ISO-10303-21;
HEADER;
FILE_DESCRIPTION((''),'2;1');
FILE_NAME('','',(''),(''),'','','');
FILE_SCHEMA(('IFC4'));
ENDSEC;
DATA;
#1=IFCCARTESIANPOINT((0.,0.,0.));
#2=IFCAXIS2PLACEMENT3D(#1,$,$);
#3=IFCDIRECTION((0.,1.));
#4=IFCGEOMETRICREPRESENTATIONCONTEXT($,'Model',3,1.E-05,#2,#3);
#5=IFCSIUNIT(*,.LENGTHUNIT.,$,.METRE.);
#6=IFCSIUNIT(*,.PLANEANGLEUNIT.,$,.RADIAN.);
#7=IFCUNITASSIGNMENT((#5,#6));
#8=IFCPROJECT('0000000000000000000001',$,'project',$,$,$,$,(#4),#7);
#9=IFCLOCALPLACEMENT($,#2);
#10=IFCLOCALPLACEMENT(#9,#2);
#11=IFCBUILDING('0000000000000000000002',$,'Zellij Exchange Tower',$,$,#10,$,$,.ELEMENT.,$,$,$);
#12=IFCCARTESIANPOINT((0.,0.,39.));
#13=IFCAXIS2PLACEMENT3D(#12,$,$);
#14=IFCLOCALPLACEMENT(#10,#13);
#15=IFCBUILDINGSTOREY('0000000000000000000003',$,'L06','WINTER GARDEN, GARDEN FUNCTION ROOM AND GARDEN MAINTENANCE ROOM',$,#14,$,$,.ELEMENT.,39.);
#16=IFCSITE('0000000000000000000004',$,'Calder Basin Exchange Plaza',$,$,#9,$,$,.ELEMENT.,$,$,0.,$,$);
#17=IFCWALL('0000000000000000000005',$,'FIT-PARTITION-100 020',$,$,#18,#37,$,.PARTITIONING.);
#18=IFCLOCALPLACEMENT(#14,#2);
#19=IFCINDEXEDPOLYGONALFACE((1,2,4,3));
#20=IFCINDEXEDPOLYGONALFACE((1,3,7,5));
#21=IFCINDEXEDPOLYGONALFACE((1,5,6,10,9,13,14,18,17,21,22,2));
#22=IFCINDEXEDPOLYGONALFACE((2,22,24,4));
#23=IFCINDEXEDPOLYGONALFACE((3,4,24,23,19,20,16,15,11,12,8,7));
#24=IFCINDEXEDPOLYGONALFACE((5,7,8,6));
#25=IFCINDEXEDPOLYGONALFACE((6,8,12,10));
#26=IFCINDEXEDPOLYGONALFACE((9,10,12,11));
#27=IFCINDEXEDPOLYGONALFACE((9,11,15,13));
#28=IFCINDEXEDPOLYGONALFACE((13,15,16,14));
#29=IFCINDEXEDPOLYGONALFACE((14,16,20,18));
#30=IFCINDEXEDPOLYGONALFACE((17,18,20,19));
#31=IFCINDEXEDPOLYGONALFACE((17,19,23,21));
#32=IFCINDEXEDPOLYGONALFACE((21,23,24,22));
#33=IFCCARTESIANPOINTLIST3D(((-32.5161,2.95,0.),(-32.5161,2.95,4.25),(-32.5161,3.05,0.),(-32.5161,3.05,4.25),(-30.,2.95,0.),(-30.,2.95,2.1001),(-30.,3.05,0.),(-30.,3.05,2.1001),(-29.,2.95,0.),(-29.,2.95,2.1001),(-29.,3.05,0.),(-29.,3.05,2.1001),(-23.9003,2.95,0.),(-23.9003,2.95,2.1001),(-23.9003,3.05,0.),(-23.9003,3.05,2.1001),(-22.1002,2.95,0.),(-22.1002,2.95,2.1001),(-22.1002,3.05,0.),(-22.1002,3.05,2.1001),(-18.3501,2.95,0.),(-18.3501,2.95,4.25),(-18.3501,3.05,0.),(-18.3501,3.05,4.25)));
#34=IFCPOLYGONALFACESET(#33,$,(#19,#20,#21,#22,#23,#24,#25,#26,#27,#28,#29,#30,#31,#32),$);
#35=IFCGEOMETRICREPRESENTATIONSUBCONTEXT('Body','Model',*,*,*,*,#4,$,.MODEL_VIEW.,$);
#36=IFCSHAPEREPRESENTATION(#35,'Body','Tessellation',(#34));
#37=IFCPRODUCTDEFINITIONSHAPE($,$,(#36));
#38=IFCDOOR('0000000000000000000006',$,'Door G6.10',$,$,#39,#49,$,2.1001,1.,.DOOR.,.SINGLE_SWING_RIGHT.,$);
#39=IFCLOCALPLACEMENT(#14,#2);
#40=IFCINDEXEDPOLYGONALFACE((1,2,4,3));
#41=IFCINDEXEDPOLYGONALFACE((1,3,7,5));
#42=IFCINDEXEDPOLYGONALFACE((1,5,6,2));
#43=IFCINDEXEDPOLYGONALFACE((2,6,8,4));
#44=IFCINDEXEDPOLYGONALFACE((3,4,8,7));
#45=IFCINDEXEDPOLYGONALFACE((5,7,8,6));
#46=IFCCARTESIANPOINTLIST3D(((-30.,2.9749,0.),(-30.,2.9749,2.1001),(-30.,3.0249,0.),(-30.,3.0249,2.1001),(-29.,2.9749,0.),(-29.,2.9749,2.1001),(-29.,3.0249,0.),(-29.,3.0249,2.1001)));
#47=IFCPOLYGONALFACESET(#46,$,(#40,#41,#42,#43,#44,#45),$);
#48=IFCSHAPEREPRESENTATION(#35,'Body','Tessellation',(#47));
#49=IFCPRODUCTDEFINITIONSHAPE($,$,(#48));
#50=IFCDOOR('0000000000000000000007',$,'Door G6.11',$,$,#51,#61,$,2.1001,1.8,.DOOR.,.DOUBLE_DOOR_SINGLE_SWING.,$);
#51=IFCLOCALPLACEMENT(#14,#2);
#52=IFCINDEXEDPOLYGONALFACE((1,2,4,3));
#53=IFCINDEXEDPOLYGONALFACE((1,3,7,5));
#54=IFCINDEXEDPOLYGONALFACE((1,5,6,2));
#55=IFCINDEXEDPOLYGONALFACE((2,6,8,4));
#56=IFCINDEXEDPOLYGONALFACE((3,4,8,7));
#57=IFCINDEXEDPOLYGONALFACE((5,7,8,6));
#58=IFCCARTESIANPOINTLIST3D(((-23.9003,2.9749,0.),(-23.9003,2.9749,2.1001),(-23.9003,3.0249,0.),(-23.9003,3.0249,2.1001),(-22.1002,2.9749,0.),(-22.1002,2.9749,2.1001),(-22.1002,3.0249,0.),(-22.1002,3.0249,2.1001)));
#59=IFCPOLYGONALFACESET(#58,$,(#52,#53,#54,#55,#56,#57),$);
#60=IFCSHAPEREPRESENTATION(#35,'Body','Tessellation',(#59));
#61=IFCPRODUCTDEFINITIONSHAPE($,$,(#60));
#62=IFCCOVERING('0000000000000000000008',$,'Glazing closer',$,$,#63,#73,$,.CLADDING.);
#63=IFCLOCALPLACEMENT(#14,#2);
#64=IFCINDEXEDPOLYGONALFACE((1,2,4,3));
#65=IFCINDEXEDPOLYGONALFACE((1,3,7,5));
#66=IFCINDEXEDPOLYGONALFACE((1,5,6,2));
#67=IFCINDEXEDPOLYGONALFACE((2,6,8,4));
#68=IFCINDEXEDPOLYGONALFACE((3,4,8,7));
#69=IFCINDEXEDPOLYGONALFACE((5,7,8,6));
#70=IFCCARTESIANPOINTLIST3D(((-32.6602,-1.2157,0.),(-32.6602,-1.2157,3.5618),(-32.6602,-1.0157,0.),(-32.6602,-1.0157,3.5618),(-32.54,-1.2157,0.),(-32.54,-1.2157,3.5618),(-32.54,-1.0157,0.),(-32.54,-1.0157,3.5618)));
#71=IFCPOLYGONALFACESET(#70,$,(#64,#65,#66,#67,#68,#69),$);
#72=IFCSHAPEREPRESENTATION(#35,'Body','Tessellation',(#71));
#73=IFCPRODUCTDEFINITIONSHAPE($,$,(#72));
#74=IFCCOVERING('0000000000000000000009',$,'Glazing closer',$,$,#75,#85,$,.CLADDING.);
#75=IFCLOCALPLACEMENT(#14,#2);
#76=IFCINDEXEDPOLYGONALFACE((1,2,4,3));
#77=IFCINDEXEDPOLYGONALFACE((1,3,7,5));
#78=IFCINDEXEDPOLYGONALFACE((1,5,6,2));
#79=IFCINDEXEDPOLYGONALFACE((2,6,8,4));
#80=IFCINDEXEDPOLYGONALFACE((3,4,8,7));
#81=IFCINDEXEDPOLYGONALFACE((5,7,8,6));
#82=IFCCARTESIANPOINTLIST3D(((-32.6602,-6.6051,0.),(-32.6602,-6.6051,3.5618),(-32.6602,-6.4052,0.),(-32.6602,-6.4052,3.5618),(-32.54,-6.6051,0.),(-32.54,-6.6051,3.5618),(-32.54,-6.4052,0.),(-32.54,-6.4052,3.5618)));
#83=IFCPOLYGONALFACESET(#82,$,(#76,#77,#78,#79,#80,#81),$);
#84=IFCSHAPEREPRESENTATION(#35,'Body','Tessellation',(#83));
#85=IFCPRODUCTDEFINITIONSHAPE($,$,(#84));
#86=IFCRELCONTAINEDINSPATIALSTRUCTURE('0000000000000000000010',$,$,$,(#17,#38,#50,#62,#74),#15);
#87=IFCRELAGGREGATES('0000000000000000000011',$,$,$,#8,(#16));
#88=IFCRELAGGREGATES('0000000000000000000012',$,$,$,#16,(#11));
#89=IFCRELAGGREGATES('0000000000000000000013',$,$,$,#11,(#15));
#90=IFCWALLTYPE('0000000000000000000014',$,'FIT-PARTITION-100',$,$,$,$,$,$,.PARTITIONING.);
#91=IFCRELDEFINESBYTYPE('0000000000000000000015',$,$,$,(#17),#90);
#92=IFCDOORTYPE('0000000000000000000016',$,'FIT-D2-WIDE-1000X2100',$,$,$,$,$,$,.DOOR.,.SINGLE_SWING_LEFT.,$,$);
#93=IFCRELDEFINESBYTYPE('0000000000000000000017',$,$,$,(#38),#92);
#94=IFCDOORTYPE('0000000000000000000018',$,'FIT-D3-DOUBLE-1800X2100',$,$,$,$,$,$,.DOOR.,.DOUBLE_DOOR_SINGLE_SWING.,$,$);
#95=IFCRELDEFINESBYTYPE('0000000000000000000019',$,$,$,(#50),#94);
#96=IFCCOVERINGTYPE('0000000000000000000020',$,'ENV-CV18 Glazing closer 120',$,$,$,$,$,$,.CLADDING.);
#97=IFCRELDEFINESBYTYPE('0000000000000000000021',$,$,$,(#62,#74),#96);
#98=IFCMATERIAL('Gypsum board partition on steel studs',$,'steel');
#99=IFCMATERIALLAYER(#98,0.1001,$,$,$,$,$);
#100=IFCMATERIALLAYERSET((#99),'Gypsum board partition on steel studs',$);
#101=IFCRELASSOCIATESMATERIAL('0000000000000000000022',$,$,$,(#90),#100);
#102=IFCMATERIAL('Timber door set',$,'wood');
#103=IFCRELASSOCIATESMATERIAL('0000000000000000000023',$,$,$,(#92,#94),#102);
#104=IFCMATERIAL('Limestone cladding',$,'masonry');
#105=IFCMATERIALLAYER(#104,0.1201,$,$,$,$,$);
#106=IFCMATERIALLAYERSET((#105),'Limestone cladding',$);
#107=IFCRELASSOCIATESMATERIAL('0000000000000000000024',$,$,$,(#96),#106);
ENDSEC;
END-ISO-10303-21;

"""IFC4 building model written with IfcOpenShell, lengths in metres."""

from ifc_helpers import new_model, si_unit, direction, frame, frame_2d, origin, origin_2d, place, context, subcontext, project, spatial, rectangle, extrude, material, layer, layer_set, type_object, element, fill, save


model = new_model("IFC4")

# Units and contexts
model_context = context("Model", 3, precision=1e-05, world=origin(), true_north=direction((0.0, 1.0)))
body_context = subcontext(model_context, "Body", "Model", "MODEL_VIEW")
ifc_project = project(units=[si_unit("LENGTHUNIT", "METRE"), si_unit("PLANEANGLEUNIT", "RADIAN")], contexts=[model_context])

# Site, building, storey
site_placement = place(None, origin())
site = spatial("IfcSite", under=ifc_project, at=site_placement, Name="Calder Basin Exchange Plaza", CompositionType="ELEMENT", RefElevation=0.0)
building_placement = place(site_placement, origin())
building = spatial("IfcBuilding", under=site, at=building_placement, Name="Zellij Exchange Tower", CompositionType="ELEMENT")
storey_placement = place(building_placement, frame((0.0, 0.0, 39.0)))
storey = spatial("IfcBuildingStorey", under=building, at=storey_placement, Name="L06", Description="WINTER GARDEN, GARDEN FUNCTION ROOM AND GARDEN MAINTENANCE ROOM", CompositionType="ELEMENT", Elevation=39.0)

# Wall, openings, doors
ifc_material_1 = material(Name="Gypsum board partition on steel studs", Category="steel")
ifc_layer_1 = layer(ifc_material_1, 0.1001)
ifc_layer_set_1 = layer_set([ifc_layer_1], Name="Gypsum board partition on steel studs")
wall_type_1 = type_object("IfcWallType", Name="FIT-PARTITION-100", PredefinedType="PARTITIONING", material=ifc_layer_set_1)
wall_1_placement = place(storey_placement, frame((-32.5161, 3.0, 0.0), z_axis=(0.0, 0.0, 1.0), x_axis=(1.0, 0.0, 0.0)))
wall_1 = element("IfcWall", 1, at=wall_1_placement, inside=storey, type_object=wall_type_1, Name="FIT-PARTITION-100 020", PredefinedType="PARTITIONING", context=body_context, shape_type="SweptSolid", body=[
    extrude(rectangle(XDim=14.166, YDim=0.1001, at=frame_2d((7.083, 0.0))), origin(), (0.0, 0.0, 1.0), 4.25),
])
opening_1_placement = place(wall_1_placement, frame((2.5161, 0.0, 0.0)))
opening_1 = element("IfcOpeningElement", 2, at=opening_1_placement, cuts=wall_1, PredefinedType="OPENING", context=body_context, shape_type="SweptSolid", body=[
    extrude(rectangle(XDim=1.0, YDim=2.1001, at=frame_2d((0.5, 1.05))), frame((0.0, 0.062, 0.0), z_axis=(0.0, -1.0, 0.0), x_axis=(1.0, 0.0, 0.0)), (0.0, 0.0, 1.0), 0.124),
])
opening_2_placement = place(wall_1_placement, frame((8.616, 0.0, 0.0)))
opening_2 = element("IfcOpeningElement", 3, at=opening_2_placement, cuts=wall_1, PredefinedType="OPENING", context=body_context, shape_type="SweptSolid", body=[
    extrude(rectangle(XDim=1.8, YDim=2.1001, at=frame_2d((0.8999, 1.05))), frame((0.0, 0.062, 0.0), z_axis=(0.0, -1.0, 0.0), x_axis=(1.0, 0.0, 0.0)), (0.0, 0.0, 1.0), 0.124),
])
ifc_material_2 = material(Name="Timber door set", Category="wood")
door_type_1 = type_object("IfcDoorType", Name="FIT-D2-WIDE-1000X2100", OperationType="SINGLE_SWING_LEFT", PredefinedType="DOOR", material=ifc_material_2)
door_1_placement = place(opening_1_placement, origin())
door_1 = element("IfcDoor", 4, at=door_1_placement, inside=storey, type_object=door_type_1, Name="Door G6.10", OperationType="SINGLE_SWING_RIGHT", OverallHeight=2.1001, OverallWidth=1.0, PredefinedType="DOOR", context=body_context, shape_type="SweptSolid", body=[
    extrude(rectangle(XDim=1.0, YDim=2.1001, at=frame_2d((0.5, 1.05))), frame((0.0, 0.0249, 0.0), z_axis=(0.0, -1.0, 0.0), x_axis=(1.0, 0.0, 0.0)), (0.0, 0.0, 1.0), 0.05),
])
fill(opening_1, door_1)
door_type_2 = type_object("IfcDoorType", Name="FIT-D3-DOUBLE-1800X2100", OperationType="DOUBLE_DOOR_SINGLE_SWING", PredefinedType="DOOR", material=ifc_material_2)
door_2_placement = place(opening_2_placement, origin())
door_2 = element("IfcDoor", 5, at=door_2_placement, inside=storey, type_object=door_type_2, Name="Door G6.11", OperationType="DOUBLE_DOOR_SINGLE_SWING", OverallHeight=2.1001, OverallWidth=1.8, PredefinedType="DOOR", context=body_context, shape_type="SweptSolid", body=[
    extrude(rectangle(XDim=1.8, YDim=2.1001, at=frame_2d((0.8999, 1.05))), frame((0.0, 0.0249, 0.0), z_axis=(0.0, -1.0, 0.0), x_axis=(1.0, 0.0, 0.0)), (0.0, 0.0, 1.0), 0.05),
])
fill(opening_2, door_2)

# Coverings
ifc_material_3 = material(Name="Limestone cladding", Category="masonry")
ifc_layer_2 = layer(ifc_material_3, 0.1201)
ifc_layer_set_2 = layer_set([ifc_layer_2], Name="Limestone cladding")
covering_type = type_object("IfcCoveringType", Name="ENV-CV18 Glazing closer 120", PredefinedType="CLADDING", material=ifc_layer_set_2)
for number, where, z_axis, x_axis, name in (
    (6, (-32.6001, -1.1157, 0.0), (0.0, 0.0, 1.0), (0.0, -1.0, 0.0), "Glazing closer"),
    (7, (-32.6001, -6.5051, 0.0), (0.0, 0.0, 1.0), (0.0, 1.0, 0.0), "Glazing closer"),
):
    element("IfcCovering", number, at=place(storey_placement, frame(where, z_axis=z_axis, x_axis=x_axis)), inside=storey, type_object=covering_type, Name=name, PredefinedType="CLADDING", context=body_context, shape_type="SweptSolid", body=[
        extrude(rectangle(XDim=0.2, YDim=0.1201, at=origin_2d()), origin(), (0.0, 0.0, 1.0), 3.5618),
    ])

save(model, "model.ifc")
